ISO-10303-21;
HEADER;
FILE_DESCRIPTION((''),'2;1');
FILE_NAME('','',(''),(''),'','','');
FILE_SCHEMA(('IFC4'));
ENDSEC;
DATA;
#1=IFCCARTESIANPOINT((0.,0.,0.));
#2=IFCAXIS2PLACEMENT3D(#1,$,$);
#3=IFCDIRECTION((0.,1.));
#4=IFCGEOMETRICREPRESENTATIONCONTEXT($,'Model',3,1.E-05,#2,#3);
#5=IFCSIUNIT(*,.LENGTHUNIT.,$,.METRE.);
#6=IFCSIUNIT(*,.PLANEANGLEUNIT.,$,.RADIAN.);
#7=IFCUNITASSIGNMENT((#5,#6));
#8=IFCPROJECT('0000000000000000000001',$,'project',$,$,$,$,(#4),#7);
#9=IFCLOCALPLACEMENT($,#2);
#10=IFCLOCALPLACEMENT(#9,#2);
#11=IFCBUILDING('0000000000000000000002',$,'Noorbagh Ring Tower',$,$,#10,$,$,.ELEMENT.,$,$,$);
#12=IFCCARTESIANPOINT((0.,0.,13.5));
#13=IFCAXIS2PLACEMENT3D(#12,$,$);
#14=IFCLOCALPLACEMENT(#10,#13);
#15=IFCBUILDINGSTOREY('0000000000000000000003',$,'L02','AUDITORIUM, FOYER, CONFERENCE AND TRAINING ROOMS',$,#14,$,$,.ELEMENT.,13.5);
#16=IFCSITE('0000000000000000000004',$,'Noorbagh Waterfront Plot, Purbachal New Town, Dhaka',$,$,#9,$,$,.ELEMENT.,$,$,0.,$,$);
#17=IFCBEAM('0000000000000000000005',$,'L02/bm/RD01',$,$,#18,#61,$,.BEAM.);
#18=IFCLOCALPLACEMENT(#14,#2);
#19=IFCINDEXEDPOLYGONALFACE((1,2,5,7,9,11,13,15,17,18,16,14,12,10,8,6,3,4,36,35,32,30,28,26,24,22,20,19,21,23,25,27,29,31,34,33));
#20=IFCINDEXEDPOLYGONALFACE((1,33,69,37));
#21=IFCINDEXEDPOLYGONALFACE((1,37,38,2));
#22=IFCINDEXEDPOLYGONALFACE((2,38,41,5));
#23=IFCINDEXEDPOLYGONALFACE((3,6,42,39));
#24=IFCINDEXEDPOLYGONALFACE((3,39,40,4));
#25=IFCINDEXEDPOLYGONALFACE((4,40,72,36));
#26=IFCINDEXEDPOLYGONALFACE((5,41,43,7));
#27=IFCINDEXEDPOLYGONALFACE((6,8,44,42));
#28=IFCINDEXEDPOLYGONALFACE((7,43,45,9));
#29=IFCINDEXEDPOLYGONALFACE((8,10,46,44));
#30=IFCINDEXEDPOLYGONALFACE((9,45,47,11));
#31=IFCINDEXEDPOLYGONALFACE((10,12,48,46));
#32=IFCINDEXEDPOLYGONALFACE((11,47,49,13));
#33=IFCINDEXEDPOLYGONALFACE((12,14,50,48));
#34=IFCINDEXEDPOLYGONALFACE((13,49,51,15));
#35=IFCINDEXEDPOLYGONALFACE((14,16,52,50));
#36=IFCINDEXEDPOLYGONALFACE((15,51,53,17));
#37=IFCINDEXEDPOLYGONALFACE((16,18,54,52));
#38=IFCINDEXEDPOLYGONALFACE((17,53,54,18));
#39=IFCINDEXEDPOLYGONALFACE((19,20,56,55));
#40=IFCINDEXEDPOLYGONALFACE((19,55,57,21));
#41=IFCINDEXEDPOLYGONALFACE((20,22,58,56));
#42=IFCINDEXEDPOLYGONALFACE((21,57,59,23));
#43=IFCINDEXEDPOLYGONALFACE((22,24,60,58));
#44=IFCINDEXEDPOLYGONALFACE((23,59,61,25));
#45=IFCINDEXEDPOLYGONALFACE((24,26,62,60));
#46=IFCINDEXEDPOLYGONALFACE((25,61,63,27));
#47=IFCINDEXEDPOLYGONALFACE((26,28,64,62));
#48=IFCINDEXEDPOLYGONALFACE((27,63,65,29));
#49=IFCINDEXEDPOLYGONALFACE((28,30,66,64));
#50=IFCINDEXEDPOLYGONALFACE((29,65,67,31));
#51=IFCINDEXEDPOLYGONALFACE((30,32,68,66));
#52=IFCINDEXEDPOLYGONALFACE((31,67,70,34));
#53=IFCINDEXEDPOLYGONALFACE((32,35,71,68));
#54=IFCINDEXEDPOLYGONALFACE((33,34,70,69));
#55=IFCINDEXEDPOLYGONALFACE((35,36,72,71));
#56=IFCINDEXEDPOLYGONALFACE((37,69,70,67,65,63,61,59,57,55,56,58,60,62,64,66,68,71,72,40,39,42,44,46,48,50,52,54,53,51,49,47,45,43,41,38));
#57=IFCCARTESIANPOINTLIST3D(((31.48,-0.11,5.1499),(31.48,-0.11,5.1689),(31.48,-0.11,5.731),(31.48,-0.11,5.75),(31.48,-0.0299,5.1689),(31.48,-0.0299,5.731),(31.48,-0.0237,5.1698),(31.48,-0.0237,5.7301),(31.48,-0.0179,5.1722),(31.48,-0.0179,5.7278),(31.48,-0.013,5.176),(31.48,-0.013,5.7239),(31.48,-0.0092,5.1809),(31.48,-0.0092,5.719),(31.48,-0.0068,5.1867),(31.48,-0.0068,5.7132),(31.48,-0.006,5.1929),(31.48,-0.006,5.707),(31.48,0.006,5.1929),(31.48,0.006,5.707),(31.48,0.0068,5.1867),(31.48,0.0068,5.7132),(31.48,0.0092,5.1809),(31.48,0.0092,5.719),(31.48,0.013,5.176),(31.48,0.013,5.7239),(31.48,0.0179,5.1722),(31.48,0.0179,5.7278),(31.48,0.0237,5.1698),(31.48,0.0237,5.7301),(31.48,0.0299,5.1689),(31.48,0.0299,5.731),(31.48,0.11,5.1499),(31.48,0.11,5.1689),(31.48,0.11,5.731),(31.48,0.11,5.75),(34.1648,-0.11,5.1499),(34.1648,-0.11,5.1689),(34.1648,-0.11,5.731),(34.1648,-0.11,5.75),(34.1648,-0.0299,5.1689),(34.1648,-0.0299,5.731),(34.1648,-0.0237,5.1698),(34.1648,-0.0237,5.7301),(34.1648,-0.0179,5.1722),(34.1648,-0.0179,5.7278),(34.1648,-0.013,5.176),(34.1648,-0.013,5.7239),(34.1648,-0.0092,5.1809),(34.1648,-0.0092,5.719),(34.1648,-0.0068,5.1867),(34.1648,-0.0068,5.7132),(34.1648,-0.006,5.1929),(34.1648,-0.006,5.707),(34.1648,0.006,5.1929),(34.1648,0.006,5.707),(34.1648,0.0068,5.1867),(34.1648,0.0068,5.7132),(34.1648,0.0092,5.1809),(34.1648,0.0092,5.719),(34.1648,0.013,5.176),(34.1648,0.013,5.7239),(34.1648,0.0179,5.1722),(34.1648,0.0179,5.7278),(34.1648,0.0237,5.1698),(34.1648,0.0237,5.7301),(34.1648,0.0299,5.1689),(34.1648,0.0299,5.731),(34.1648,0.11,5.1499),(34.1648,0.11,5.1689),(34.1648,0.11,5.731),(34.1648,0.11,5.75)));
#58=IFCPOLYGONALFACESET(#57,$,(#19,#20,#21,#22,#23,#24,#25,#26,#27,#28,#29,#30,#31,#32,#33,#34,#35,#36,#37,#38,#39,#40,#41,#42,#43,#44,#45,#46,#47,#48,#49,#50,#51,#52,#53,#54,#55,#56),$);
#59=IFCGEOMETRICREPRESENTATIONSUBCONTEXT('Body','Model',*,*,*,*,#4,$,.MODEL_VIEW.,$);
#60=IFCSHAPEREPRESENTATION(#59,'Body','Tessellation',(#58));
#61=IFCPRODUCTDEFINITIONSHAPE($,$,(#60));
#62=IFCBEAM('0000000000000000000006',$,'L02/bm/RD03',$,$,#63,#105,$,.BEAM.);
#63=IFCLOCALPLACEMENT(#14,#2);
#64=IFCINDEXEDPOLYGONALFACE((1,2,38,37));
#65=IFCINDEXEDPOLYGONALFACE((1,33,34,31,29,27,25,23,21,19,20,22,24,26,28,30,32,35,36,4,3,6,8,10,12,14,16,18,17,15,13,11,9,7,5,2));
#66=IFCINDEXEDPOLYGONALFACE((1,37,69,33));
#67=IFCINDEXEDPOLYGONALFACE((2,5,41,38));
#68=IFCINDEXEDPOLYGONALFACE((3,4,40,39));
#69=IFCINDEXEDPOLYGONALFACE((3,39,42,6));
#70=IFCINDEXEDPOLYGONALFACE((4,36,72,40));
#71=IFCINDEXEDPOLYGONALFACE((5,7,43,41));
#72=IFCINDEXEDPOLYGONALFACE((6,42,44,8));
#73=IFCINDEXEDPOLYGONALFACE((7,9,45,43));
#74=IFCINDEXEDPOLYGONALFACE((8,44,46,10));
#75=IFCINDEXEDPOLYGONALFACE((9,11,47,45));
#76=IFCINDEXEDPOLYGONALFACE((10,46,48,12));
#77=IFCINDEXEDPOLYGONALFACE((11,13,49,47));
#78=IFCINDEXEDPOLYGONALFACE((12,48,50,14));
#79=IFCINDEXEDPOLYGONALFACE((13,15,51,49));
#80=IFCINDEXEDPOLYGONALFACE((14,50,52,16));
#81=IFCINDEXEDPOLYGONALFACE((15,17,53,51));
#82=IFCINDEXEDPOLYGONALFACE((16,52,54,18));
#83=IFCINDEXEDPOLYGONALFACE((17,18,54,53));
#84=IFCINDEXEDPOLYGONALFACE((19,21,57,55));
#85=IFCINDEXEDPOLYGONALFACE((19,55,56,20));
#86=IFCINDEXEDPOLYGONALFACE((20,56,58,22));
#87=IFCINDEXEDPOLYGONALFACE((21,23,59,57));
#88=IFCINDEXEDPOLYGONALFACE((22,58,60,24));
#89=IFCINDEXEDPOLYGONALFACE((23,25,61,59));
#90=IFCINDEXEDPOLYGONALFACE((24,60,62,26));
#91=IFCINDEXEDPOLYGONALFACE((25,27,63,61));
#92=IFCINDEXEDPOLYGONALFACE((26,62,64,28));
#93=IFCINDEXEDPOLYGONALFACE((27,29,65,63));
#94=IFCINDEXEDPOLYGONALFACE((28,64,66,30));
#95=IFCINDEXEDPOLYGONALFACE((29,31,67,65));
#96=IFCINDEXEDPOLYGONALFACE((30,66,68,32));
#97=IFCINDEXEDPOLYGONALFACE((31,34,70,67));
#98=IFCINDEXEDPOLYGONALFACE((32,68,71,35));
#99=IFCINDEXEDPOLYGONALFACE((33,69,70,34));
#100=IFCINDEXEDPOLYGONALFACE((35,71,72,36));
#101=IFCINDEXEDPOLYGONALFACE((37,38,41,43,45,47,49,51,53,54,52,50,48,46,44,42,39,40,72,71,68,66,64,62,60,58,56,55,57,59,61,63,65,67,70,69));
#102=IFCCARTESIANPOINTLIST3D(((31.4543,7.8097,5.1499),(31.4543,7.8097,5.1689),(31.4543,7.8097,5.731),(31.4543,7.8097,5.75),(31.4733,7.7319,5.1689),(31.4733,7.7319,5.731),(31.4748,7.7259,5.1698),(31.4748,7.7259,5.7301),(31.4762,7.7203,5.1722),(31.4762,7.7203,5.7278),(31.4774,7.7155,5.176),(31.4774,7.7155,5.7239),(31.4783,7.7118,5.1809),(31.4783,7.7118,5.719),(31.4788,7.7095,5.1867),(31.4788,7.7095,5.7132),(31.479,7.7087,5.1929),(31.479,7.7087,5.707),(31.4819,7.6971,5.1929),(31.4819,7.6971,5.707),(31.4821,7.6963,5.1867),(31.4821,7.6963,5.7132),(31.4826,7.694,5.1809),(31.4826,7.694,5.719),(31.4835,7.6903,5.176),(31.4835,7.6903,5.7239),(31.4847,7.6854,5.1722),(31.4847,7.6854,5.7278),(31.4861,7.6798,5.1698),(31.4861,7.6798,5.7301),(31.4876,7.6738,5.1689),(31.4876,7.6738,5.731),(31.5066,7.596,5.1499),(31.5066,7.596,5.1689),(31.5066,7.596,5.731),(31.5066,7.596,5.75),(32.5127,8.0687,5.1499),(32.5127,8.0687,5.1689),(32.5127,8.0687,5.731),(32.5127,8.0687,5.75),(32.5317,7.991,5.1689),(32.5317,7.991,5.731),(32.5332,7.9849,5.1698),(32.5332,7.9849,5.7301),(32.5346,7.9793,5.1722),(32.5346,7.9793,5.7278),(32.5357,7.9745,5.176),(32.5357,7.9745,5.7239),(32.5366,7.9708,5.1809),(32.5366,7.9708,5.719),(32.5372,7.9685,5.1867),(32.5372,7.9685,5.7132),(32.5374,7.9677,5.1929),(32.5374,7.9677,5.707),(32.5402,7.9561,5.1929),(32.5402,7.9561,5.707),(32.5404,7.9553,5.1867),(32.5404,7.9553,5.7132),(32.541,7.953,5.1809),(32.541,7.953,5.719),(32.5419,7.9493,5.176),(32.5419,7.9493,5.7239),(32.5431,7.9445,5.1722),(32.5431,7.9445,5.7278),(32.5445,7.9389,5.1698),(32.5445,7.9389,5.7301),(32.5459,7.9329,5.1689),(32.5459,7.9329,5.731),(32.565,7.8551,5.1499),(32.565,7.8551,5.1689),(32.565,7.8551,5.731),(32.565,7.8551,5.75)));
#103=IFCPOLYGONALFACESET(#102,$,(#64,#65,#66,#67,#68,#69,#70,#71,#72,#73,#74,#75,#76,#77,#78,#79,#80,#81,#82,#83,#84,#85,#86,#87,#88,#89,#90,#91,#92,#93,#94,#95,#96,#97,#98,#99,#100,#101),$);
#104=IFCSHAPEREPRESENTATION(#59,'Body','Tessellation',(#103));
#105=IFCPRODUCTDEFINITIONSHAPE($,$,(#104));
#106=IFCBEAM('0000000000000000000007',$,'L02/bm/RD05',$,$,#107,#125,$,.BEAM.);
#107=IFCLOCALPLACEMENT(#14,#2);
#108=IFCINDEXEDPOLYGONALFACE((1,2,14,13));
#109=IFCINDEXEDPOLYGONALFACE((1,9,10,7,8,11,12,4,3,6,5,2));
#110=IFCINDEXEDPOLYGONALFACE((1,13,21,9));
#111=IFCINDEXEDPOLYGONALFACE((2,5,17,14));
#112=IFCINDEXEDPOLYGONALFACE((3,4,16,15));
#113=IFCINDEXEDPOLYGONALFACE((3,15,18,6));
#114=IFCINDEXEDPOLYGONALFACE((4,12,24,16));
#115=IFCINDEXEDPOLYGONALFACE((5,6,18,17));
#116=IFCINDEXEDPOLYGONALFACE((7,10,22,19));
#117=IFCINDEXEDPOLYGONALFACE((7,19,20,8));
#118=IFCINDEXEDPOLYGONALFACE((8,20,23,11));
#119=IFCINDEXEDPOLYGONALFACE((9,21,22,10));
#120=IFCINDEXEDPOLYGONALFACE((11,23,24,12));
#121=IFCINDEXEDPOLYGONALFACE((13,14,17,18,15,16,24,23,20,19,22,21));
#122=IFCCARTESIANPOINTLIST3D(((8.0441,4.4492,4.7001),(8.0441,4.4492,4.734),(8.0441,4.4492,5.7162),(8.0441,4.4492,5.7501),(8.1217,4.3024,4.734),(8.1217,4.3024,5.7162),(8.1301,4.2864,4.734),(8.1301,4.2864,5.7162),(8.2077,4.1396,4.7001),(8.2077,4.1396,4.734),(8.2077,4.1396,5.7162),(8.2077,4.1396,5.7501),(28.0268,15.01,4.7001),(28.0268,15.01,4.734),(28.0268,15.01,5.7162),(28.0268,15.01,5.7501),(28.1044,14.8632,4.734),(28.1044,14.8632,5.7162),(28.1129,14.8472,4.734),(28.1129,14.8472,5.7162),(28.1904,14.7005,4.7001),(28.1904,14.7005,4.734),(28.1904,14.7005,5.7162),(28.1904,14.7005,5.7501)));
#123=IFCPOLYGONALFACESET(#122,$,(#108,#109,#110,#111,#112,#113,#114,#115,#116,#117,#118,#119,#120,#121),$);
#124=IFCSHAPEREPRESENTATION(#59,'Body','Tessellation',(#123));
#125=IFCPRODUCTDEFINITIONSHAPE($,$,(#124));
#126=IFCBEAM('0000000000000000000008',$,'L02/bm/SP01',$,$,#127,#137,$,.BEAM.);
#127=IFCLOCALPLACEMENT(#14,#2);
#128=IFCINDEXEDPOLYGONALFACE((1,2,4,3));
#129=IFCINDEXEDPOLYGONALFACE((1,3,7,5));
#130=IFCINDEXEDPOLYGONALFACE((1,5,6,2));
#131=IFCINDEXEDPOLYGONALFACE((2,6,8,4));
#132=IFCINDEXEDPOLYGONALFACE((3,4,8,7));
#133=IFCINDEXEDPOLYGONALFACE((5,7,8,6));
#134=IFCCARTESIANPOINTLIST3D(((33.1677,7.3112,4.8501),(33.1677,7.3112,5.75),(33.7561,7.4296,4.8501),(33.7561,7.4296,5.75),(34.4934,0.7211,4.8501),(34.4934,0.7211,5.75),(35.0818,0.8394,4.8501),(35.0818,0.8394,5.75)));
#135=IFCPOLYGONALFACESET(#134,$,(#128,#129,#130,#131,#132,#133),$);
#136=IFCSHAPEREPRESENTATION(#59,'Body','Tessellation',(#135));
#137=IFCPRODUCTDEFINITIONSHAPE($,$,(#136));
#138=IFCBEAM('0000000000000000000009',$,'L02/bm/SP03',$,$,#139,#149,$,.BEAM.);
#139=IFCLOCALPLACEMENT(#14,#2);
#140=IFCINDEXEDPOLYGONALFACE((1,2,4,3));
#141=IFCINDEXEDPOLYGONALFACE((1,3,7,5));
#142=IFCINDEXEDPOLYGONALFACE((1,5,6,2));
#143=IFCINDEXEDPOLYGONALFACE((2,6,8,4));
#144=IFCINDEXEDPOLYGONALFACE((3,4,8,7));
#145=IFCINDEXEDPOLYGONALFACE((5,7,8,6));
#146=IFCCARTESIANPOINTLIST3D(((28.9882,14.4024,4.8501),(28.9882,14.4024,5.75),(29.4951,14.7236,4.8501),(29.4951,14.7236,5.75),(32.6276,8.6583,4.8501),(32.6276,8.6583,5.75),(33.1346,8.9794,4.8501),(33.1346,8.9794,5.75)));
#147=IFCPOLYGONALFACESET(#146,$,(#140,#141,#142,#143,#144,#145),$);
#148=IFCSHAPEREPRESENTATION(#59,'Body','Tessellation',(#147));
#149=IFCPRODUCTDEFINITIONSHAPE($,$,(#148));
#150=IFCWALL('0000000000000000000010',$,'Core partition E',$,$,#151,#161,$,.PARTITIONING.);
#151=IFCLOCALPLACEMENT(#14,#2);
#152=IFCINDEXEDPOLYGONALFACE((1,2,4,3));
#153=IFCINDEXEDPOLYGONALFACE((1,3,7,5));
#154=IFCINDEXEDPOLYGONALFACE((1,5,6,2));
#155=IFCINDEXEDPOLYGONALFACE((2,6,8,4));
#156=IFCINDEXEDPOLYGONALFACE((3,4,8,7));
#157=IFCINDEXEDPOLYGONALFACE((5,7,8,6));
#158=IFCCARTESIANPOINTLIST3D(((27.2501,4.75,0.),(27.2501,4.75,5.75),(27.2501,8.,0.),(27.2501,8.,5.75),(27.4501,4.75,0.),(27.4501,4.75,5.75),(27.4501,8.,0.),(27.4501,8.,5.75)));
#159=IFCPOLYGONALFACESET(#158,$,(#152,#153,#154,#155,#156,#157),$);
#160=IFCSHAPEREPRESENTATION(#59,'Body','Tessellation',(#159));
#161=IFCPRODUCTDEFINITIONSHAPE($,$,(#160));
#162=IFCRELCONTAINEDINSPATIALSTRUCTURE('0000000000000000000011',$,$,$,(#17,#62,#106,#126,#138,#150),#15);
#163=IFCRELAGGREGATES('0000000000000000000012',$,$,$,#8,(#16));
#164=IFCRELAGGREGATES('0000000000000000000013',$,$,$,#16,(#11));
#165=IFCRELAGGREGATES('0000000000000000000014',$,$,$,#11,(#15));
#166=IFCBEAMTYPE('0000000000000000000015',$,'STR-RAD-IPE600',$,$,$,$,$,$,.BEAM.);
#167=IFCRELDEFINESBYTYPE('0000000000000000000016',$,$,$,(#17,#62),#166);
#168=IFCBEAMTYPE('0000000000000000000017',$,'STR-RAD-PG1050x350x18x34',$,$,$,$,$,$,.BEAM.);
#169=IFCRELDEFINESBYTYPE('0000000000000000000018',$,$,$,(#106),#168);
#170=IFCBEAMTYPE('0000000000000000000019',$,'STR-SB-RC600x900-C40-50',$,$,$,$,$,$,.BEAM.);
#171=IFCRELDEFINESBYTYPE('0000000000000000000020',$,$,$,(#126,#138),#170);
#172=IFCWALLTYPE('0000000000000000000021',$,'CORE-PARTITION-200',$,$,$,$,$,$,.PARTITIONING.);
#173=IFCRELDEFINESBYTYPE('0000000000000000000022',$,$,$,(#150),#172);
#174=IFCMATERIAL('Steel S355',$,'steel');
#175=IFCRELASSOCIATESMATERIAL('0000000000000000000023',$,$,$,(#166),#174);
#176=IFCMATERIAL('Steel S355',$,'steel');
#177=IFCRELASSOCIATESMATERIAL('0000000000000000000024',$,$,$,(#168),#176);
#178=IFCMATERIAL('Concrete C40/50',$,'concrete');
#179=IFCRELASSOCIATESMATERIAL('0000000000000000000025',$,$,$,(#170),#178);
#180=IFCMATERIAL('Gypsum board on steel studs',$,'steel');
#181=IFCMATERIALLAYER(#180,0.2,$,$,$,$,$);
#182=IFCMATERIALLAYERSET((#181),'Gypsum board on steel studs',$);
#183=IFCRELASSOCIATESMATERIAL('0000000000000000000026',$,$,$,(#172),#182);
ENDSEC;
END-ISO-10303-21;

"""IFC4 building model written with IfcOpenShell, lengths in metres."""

from ifc_helpers import new_model, si_unit, direction, frame, frame_2d, origin, origin_2d, place, context, subcontext, project, spatial, rectangle, i_section, extrude, material, layer, layer_set, material_profile, profile_set, type_object, element, save


model = new_model("IFC4")

# Units and contexts
model_context = context("Model", 3, precision=1e-05, world=origin(), true_north=direction((0.0, 1.0)))
body_context = subcontext(model_context, "Body", "Model", "MODEL_VIEW")
ifc_project = project(units=[si_unit("LENGTHUNIT", "METRE"), si_unit("PLANEANGLEUNIT", "RADIAN")], contexts=[model_context])

# Site, building, storey
site_placement = place(None, origin())
site = spatial("IfcSite", under=ifc_project, at=site_placement, Name="Noorbagh Waterfront Plot, Purbachal New Town, Dhaka", CompositionType="ELEMENT", RefElevation=0.0)
building_placement = place(site_placement, origin())
building = spatial("IfcBuilding", under=site, at=building_placement, Name="Noorbagh Ring Tower", CompositionType="ELEMENT")
storey_placement = place(building_placement, frame((0.0, 0.0, 13.5)))
storey = spatial("IfcBuildingStorey", under=building, at=storey_placement, Name="L02", Description="AUDITORIUM, FOYER, CONFERENCE AND TRAINING ROOMS", CompositionType="ELEMENT", Elevation=13.5)

# Beams
ifc_material_1 = material(Name="Steel S355", Category="steel")
ifc_material_profile_1 = material_profile(ifc_material_1, i_section(OverallWidth=0.22, OverallDepth=0.6001, WebThickness=0.012, FlangeThickness=0.019, FilletRadius=0.0239, at=origin_2d()), Name="IPE600")
ifc_profile_set_1 = profile_set([ifc_material_profile_1], Name="Steel S355")
beam_type_1 = type_object("IfcBeamType", Name="STR-RAD-IPE600", PredefinedType="BEAM", material=ifc_profile_set_1)
beam_1_placement = place(storey_placement, frame((34.1648, 0.0, 5.45), z_axis=(-1.0, 0.0, 0.0), x_axis=(0.0, -1.0, 0.0)))
element("IfcBeam", 1, at=beam_1_placement, inside=storey, type_object=beam_type_1, Name="L02/bm/RD01", PredefinedType="BEAM", context=body_context, shape_type="SweptSolid", body=[
    extrude(i_section(OverallWidth=0.22, OverallDepth=0.6001, WebThickness=0.012, FlangeThickness=0.019, FilletRadius=0.0239, at=origin_2d()), origin(), (0.0, 0.0, 1.0), 2.6848),
])
beam_2_placement = place(storey_placement, frame((32.5388, 7.9619, 5.45), z_axis=(-0.97133, -0.237735, 0.0), x_axis=(0.237735, -0.97133, 0.0)))
element("IfcBeam", 2, at=beam_2_placement, inside=storey, type_object=beam_type_1, Name="L02/bm/RD03", PredefinedType="BEAM", context=body_context, shape_type="SweptSolid", body=[
    extrude(i_section(OverallWidth=0.22, OverallDepth=0.6001, WebThickness=0.012, FlangeThickness=0.019, FilletRadius=0.0239, at=origin_2d()), origin(), (0.0, 0.0, 1.0), 1.0896),
])
ifc_material_2 = material(Name="Steel S355", Category="steel")
ifc_material_profile_2 = material_profile(ifc_material_2, i_section(OverallWidth=0.3501, OverallDepth=1.05, WebThickness=0.0181, FlangeThickness=0.0339, at=origin_2d()), Name="PG1050x350x18x34")
ifc_profile_set_2 = profile_set([ifc_material_profile_2], Name="Steel S355")
beam_type_2 = type_object("IfcBeamType", Name="STR-RAD-PG1050x350x18x34", PredefinedType="BEAM", material=ifc_profile_set_2)
beam_3_placement = place(storey_placement, frame((28.1086, 14.8552, 5.2251), z_axis=(-0.884122, -0.467256, 0.0), x_axis=(0.467256, -0.884122, 0.0)))
element("IfcBeam", 3, at=beam_3_placement, inside=storey, type_object=beam_type_2, Name="L02/bm/RD05", PredefinedType="BEAM", context=body_context, shape_type="SweptSolid", body=[
    extrude(i_section(OverallWidth=0.3501, OverallDepth=1.05, WebThickness=0.0181, FlangeThickness=0.0339, at=origin_2d()), origin(), (0.0, 0.0, 1.0), 22.6018),
])
ifc_material_3 = material(Name="Concrete C40/50", Category="concrete")
ifc_material_profile_3 = material_profile(ifc_material_3, rectangle(XDim=0.6001, YDim=0.8999, at=origin_2d()), Name="RC600x900")
ifc_profile_set_3 = profile_set([ifc_material_profile_3], Name="Concrete C40/50")
beam_type_3 = type_object("IfcBeamType", Name="STR-SB-RC600x900-C40-50", PredefinedType="BEAM", material=ifc_profile_set_3)
beam_4_placement = place(storey_placement, frame((34.7876, 0.7803, 5.3), z_axis=(-0.197213, 0.980361, 0.0), x_axis=(-0.980361, -0.197213, 0.0)))
element("IfcBeam", 4, at=beam_4_placement, inside=storey, type_object=beam_type_3, Name="L02/bm/SP01", PredefinedType="BEAM", context=body_context, shape_type="SweptSolid", body=[
    extrude(rectangle(XDim=0.6001, YDim=0.8999, at=origin_2d()), origin(), (0.0, 0.0, 1.0), 6.7222),
])
beam_5_placement = place(storey_placement, frame((32.8811, 8.8188, 5.3), z_axis=(-0.535204, 0.844723, 0.0), x_axis=(-0.844723, -0.535204, 0.0)))
element("IfcBeam", 5, at=beam_5_placement, inside=storey, type_object=beam_type_3, Name="L02/bm/SP03", PredefinedType="BEAM", context=body_context, shape_type="SweptSolid", body=[
    extrude(rectangle(XDim=0.6001, YDim=0.8999, at=origin_2d()), origin(), (0.0, 0.0, 1.0), 6.8),
])

# Wall
ifc_material_4 = material(Name="Gypsum board on steel studs", Category="steel")
ifc_layer_1 = layer(ifc_material_4, 0.2)
ifc_layer_set_1 = layer_set([ifc_layer_1], Name="Gypsum board on steel studs")
wall_type_1 = type_object("IfcWallType", Name="CORE-PARTITION-200", PredefinedType="PARTITIONING", material=ifc_layer_set_1)
wall_1_placement = place(storey_placement, frame((27.3501, 4.75, 0.0), z_axis=(0.0, 0.0, 1.0), x_axis=(0.0, 1.0, 0.0)))
element("IfcWall", 6, at=wall_1_placement, inside=storey, type_object=wall_type_1, Name="Core partition E", PredefinedType="PARTITIONING", context=body_context, shape_type="SweptSolid", body=[
    extrude(rectangle(XDim=3.25, YDim=0.2, at=frame_2d((1.625, 0.0))), origin(), (0.0, 0.0, 1.0), 5.75),
])

save(model, "model.ifc")
